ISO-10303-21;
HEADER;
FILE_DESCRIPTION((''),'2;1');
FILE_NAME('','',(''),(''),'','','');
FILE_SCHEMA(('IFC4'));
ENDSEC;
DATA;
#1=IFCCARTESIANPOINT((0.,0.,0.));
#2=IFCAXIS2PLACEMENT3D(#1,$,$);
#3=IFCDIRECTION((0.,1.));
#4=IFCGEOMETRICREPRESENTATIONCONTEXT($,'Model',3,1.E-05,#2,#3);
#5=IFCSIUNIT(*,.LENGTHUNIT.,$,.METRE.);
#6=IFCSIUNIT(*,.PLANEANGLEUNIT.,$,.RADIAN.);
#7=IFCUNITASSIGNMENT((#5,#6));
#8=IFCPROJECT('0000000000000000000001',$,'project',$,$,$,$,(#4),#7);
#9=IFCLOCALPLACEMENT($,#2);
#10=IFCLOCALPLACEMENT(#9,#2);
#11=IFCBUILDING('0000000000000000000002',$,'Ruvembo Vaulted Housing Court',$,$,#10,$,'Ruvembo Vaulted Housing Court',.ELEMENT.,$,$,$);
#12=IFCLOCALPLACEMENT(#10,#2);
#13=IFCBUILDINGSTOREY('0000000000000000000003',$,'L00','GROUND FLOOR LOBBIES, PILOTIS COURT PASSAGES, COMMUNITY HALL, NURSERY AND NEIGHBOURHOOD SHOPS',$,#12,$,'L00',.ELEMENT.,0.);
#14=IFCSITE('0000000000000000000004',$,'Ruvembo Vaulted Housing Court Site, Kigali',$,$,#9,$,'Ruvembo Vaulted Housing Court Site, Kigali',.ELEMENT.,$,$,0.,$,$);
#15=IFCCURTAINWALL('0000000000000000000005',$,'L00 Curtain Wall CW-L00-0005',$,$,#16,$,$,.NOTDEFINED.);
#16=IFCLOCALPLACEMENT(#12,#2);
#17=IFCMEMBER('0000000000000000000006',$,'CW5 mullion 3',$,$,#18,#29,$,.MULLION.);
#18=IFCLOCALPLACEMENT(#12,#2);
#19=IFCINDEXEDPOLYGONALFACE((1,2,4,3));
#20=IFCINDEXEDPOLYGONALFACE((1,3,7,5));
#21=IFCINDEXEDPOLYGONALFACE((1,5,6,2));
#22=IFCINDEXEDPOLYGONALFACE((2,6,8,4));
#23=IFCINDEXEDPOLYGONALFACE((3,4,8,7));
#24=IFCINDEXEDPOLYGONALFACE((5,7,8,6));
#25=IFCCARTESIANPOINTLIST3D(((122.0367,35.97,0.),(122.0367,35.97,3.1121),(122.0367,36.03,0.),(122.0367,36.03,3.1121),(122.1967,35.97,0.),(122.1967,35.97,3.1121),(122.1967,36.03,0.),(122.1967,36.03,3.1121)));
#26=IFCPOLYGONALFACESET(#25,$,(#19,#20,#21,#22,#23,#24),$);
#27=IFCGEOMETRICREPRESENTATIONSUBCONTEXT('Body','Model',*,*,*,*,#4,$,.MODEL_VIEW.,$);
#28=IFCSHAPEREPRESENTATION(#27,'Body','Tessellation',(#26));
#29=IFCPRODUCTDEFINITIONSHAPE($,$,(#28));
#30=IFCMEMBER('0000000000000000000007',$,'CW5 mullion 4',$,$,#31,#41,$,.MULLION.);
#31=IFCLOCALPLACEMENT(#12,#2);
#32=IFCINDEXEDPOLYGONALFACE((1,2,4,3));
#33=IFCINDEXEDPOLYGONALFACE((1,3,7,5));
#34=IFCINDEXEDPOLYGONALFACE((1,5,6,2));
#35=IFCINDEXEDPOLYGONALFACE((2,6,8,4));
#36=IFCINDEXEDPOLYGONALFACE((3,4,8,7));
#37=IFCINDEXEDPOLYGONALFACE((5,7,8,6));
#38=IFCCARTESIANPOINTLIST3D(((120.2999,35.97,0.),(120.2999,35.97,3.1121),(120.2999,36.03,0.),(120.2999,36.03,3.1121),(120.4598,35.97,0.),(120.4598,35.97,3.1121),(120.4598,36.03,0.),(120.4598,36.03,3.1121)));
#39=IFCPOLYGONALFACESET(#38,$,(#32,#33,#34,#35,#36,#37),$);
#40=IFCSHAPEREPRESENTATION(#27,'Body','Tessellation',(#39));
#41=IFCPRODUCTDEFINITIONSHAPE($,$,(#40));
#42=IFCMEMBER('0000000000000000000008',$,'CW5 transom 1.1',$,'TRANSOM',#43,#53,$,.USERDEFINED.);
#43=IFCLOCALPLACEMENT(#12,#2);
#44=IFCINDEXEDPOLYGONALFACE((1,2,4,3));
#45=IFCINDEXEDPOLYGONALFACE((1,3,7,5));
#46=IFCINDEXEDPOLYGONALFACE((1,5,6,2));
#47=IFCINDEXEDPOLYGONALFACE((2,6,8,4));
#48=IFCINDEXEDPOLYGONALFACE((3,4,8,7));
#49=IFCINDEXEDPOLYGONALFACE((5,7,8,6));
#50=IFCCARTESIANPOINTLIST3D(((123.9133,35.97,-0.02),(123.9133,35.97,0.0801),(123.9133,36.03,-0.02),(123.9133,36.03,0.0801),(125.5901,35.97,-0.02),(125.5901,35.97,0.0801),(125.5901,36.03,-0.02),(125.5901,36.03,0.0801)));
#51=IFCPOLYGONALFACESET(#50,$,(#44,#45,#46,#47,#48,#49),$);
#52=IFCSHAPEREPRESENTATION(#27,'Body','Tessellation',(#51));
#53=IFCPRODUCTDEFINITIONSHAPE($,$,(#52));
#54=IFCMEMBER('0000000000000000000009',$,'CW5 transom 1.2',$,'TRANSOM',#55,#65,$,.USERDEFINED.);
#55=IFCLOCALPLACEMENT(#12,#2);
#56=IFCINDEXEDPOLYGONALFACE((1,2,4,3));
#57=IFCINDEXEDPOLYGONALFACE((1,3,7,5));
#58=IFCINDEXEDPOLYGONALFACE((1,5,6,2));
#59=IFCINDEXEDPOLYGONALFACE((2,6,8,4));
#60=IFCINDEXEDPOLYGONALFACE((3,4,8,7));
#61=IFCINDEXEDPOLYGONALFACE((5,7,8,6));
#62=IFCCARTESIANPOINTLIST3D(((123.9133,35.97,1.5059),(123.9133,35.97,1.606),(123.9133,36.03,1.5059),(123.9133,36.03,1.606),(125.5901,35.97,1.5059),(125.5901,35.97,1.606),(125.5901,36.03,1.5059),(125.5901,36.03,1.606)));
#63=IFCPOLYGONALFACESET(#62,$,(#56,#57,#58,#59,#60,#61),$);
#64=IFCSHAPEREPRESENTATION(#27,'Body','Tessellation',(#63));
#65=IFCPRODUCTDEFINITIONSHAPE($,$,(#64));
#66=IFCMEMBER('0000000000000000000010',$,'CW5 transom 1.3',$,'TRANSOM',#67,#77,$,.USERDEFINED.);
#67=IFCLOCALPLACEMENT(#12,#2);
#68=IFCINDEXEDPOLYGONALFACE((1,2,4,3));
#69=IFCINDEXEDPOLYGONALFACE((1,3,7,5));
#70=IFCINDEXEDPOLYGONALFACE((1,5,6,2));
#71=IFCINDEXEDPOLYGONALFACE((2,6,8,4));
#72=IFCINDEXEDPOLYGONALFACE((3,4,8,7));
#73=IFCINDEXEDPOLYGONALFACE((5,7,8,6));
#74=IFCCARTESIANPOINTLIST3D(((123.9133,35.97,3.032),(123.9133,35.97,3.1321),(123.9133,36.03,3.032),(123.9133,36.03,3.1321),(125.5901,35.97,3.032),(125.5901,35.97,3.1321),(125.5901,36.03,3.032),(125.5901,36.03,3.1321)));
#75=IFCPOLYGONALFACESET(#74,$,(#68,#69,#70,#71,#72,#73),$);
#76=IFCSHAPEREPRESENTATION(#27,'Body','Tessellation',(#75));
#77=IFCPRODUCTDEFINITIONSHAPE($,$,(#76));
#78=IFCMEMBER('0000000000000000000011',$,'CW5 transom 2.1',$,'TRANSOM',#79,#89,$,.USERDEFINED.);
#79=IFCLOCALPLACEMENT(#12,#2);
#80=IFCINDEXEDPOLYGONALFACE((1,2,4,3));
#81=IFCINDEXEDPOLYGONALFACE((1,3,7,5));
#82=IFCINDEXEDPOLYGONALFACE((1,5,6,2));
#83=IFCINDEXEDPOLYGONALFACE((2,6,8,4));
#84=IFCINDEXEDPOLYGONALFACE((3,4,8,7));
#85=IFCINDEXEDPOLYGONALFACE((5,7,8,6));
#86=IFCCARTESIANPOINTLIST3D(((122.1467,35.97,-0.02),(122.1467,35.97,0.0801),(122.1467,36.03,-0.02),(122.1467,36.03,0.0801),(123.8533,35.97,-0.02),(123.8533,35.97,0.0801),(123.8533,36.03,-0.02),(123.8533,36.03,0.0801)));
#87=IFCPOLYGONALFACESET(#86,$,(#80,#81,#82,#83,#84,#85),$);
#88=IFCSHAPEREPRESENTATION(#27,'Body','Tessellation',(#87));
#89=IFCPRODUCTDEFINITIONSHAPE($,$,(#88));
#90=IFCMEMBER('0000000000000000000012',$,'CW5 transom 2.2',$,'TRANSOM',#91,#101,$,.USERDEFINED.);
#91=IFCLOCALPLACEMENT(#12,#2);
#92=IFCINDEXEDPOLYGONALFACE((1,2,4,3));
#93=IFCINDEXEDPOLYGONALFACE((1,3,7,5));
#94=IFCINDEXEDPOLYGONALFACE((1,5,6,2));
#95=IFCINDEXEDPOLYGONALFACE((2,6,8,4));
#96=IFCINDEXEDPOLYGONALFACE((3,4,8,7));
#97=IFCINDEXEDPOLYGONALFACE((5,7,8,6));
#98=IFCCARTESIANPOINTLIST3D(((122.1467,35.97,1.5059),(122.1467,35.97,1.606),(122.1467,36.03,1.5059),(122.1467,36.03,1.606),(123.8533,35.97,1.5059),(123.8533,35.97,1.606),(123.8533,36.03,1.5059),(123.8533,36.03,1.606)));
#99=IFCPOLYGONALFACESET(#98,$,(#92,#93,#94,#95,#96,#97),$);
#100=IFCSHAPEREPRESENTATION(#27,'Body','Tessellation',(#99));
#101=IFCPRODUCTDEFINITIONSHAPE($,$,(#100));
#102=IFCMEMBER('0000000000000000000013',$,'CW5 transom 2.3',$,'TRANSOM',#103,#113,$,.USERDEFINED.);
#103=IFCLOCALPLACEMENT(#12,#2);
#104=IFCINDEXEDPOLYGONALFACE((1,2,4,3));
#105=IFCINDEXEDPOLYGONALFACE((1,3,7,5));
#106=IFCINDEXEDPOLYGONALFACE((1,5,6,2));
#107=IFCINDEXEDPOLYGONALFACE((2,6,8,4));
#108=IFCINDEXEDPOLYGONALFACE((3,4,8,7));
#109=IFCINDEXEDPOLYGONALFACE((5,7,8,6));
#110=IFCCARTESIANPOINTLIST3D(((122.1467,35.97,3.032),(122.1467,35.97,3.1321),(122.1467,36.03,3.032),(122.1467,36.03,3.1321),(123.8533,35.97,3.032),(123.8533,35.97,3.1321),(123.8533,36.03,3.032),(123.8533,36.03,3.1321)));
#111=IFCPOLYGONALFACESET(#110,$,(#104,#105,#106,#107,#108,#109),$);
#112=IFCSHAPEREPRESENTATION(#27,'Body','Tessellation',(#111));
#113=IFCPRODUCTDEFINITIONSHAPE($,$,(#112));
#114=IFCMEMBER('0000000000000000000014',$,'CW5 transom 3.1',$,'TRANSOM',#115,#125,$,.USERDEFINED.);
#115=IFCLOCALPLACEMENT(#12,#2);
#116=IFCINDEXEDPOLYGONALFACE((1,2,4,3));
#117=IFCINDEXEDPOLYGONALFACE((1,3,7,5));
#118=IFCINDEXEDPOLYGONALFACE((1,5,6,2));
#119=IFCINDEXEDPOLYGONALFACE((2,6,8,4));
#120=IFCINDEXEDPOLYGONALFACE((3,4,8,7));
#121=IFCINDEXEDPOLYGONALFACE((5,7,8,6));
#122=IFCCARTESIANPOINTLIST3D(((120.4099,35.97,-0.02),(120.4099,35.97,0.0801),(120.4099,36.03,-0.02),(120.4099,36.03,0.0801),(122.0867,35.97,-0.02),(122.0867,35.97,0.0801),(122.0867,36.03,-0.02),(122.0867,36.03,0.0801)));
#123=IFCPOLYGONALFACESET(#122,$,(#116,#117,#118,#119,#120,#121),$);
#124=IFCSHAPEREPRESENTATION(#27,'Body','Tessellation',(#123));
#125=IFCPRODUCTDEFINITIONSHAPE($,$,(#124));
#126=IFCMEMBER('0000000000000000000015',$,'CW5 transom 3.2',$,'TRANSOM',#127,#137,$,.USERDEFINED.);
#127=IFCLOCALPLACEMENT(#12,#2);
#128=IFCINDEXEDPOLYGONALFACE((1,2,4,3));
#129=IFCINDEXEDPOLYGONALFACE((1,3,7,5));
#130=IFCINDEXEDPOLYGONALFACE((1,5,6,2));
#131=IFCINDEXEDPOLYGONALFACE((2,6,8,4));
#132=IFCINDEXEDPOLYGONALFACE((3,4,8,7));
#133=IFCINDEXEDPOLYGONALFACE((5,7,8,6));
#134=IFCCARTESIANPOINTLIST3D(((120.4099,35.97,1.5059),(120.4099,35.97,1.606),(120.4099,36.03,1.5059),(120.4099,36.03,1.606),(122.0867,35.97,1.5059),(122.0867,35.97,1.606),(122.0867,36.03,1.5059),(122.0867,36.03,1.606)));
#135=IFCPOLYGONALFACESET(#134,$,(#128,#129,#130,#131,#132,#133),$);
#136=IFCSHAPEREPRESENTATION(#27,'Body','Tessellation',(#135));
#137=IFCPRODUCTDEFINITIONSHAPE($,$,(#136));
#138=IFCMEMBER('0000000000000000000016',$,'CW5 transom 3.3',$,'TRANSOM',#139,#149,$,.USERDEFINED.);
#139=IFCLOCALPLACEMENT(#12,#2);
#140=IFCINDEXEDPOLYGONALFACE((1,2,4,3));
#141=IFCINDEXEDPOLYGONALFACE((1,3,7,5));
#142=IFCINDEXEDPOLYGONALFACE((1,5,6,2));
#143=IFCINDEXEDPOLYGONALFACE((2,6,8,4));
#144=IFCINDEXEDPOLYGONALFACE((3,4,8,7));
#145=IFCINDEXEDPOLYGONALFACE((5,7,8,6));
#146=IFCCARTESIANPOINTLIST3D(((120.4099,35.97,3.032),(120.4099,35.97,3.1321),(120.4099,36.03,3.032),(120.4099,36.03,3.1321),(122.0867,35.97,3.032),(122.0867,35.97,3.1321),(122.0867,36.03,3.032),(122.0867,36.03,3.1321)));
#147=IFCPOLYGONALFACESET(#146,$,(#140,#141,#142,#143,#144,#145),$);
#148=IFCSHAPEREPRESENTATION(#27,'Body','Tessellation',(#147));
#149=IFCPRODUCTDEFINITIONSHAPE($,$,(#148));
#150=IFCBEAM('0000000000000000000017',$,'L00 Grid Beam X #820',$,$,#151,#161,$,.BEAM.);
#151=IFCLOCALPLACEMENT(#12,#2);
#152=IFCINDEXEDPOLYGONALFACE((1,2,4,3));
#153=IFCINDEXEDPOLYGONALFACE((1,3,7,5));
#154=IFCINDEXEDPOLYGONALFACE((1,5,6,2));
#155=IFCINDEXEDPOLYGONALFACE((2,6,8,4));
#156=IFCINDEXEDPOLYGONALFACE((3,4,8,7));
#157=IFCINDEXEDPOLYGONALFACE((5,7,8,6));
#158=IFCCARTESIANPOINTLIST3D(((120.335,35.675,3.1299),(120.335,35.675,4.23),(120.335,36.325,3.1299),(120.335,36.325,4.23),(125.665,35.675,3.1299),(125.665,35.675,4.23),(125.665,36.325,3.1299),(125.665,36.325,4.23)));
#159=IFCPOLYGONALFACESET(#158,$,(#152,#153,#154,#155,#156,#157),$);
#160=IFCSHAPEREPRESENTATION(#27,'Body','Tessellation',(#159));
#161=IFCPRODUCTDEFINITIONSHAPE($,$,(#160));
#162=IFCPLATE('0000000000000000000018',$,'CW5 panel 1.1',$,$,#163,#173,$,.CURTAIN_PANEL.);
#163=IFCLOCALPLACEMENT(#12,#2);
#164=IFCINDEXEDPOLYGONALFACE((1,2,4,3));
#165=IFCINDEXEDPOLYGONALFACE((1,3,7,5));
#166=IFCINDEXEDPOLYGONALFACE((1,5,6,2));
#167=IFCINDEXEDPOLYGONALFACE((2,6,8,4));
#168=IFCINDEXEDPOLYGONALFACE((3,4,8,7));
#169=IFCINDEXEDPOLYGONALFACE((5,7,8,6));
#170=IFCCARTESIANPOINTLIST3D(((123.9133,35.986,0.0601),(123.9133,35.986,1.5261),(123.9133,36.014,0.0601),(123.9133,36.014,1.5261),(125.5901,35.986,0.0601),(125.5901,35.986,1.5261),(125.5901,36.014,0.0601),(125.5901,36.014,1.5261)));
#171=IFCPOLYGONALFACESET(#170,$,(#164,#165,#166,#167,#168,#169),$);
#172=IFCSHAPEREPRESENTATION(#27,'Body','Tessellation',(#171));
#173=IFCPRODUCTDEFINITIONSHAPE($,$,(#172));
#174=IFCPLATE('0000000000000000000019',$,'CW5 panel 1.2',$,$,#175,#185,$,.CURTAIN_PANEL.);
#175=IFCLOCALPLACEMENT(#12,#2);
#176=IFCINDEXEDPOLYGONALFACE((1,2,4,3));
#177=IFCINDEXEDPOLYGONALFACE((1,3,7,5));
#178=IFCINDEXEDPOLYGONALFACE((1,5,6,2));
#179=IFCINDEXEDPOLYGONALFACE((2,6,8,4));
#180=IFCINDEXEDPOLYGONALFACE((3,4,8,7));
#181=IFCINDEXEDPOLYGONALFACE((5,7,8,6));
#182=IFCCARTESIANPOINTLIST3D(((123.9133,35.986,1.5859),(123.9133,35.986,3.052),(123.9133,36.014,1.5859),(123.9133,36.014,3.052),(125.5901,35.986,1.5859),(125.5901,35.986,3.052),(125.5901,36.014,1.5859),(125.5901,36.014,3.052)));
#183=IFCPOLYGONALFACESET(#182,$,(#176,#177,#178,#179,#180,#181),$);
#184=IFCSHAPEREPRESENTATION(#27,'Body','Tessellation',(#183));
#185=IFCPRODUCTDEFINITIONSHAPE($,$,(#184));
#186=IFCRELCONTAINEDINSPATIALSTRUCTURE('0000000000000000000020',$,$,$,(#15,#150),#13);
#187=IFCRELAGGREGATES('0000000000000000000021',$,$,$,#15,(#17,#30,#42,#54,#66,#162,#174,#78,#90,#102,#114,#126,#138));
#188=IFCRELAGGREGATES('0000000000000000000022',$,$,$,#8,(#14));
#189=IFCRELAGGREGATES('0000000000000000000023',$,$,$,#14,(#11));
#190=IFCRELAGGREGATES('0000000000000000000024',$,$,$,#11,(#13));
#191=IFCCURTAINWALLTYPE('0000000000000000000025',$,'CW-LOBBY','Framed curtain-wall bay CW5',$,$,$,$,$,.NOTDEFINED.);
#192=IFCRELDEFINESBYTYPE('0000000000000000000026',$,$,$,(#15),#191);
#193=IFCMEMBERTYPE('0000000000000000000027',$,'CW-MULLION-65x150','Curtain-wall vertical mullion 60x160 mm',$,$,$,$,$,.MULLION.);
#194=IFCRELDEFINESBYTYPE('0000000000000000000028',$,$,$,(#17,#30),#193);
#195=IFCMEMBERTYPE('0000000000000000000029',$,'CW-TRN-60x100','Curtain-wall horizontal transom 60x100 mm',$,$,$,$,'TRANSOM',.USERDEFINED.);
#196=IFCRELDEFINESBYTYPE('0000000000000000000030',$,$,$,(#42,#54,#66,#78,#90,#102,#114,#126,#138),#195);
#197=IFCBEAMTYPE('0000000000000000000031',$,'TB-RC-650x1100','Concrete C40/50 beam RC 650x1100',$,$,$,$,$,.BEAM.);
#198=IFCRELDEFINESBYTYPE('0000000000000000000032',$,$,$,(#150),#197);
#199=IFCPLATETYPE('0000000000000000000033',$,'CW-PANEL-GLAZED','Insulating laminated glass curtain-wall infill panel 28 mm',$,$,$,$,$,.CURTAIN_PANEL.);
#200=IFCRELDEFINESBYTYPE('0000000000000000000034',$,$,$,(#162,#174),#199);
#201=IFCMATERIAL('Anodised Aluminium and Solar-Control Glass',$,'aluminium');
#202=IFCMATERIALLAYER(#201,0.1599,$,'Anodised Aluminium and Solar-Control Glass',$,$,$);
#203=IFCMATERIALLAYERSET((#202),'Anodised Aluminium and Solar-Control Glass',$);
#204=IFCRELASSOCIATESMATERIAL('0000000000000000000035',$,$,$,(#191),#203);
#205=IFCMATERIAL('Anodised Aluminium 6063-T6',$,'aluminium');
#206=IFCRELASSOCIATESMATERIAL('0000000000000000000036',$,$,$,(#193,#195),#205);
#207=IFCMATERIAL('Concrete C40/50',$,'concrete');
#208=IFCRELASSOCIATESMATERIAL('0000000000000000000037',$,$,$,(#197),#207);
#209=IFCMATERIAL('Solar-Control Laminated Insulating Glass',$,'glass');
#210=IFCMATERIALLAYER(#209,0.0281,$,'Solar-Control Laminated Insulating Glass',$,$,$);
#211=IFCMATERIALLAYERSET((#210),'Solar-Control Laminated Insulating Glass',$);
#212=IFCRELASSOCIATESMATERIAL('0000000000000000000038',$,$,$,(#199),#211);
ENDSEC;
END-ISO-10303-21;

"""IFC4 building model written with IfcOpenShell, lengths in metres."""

from ifc_helpers import new_model, si_unit, direction, frame, origin, origin_2d, place, context, subcontext, project, spatial, rectangle, extrude, material, layer, layer_set, material_profile, profile_set, type_object, element, aggregate, save


model = new_model("IFC4")

# Units and contexts
model_context = context("Model", 3, precision=1e-05, world=origin(), true_north=direction((0.0, 1.0)))
body_context = subcontext(model_context, "Body", "Model", "MODEL_VIEW")
ifc_project = project(units=[si_unit("LENGTHUNIT", "METRE"), si_unit("PLANEANGLEUNIT", "RADIAN")], contexts=[model_context])

# Site, building, storey
site_placement = place(None, origin())
site = spatial("IfcSite", under=ifc_project, at=site_placement, Name="Ruvembo Vaulted Housing Court Site, Kigali", LongName="Ruvembo Vaulted Housing Court Site, Kigali", CompositionType="ELEMENT", RefElevation=0.0)
building_placement = place(site_placement, origin())
building = spatial("IfcBuilding", under=site, at=building_placement, Name="Ruvembo Vaulted Housing Court", LongName="Ruvembo Vaulted Housing Court", CompositionType="ELEMENT")
storey_placement = place(building_placement, origin())
storey = spatial("IfcBuildingStorey", under=building, at=storey_placement, Name="L00", Description="GROUND FLOOR LOBBIES, PILOTIS COURT PASSAGES, COMMUNITY HALL, NURSERY AND NEIGHBOURHOOD SHOPS", LongName="L00", CompositionType="ELEMENT", Elevation=0.0)

# Shared definitions
ifc_material_1 = material(Name="Concrete C40/50", Category="concrete")

# Curtain wall, members
ifc_material_2 = material(Name="Anodised Aluminium and Solar-Control Glass", Category="aluminium")
ifc_layer_1 = layer(ifc_material_2, 0.1599, Name="Anodised Aluminium and Solar-Control Glass")
ifc_layer_set_1 = layer_set([ifc_layer_1], Name="Anodised Aluminium and Solar-Control Glass")
curtain_wall_type = type_object("IfcCurtainWallType", Name="CW-LOBBY", Description="Framed curtain-wall bay CW5", PredefinedType="NOTDEFINED", material=ifc_layer_set_1)
curtain_wall_placement = place(storey_placement, origin())
curtain_wall = element("IfcCurtainWall", 1, at=curtain_wall_placement, inside=storey, type_object=curtain_wall_type, Name="L00 Curtain Wall CW-L00-0005", PredefinedType="NOTDEFINED")
ifc_material_3 = material(Name="Anodised Aluminium 6063-T6", Category="aluminium")
ifc_material_profile_1 = material_profile(ifc_material_3, rectangle(XDim=0.0601, YDim=0.1599, at=origin_2d()), Name="ALU 60x160")
ifc_profile_set_1 = profile_set([ifc_material_profile_1], Name="Anodised Aluminium 6063-T6")
member_type_1 = type_object("IfcMemberType", Name="CW-MULLION-65x150", Description="Curtain-wall vertical mullion 60x160 mm", PredefinedType="MULLION", material=ifc_profile_set_1)
member_1_placement = place(storey_placement, frame((122.1167, 36.0, 0.0), z_axis=(0.0, 0.0, 1.0), x_axis=(0.0, -1.0, 0.0)))
member_1 = element("IfcMember", 2, at=member_1_placement, type_object=member_type_1, Name="CW5 mullion 3", PredefinedType="MULLION", context=body_context, shape_type="SweptSolid", body=[
    extrude(rectangle(XDim=0.0601, YDim=0.1599, at=origin_2d()), origin(), (0.0, 0.0, 1.0), 3.1121),
])
member_2_placement = place(storey_placement, frame((120.3799, 36.0, 0.0), z_axis=(0.0, 0.0, 1.0), x_axis=(0.0, -1.0, 0.0)))
member_2 = element("IfcMember", 3, at=member_2_placement, type_object=member_type_1, Name="CW5 mullion 4", PredefinedType="MULLION", context=body_context, shape_type="SweptSolid", body=[
    extrude(rectangle(XDim=0.0601, YDim=0.1599, at=origin_2d()), origin(), (0.0, 0.0, 1.0), 3.1121),
])
ifc_material_profile_2 = material_profile(ifc_material_3, rectangle(XDim=0.0601, YDim=0.1001, at=origin_2d()), Name="ALU 60x100")
ifc_profile_set_2 = profile_set([ifc_material_profile_2], Name="Anodised Aluminium 6063-T6")
member_type_2 = type_object("IfcMemberType", Name="CW-TRN-60x100", Description="Curtain-wall horizontal transom 60x100 mm", ElementType="TRANSOM", PredefinedType="USERDEFINED", material=ifc_profile_set_2)
member_3_placement = place(storey_placement, frame((125.5901, 36.0, 0.03), z_axis=(-1.0, 0.0, 0.0), x_axis=(0.0, -1.0, 0.0)))
member_3 = element("IfcMember", 4, at=member_3_placement, type_object=member_type_2, Name="CW5 transom 1.1", ObjectType="TRANSOM", PredefinedType="USERDEFINED", context=body_context, shape_type="SweptSolid", body=[
    extrude(rectangle(XDim=0.0601, YDim=0.1001, at=origin_2d()), origin(), (0.0, 0.0, 1.0), 1.6768),
])
member_4_placement = place(storey_placement, frame((125.5901, 36.0, 1.5559), z_axis=(-1.0, 0.0, 0.0), x_axis=(0.0, -1.0, 0.0)))
member_4 = element("IfcMember", 5, at=member_4_placement, type_object=member_type_2, Name="CW5 transom 1.2", ObjectType="TRANSOM", PredefinedType="USERDEFINED", context=body_context, shape_type="SweptSolid", body=[
    extrude(rectangle(XDim=0.0601, YDim=0.1001, at=origin_2d()), origin(), (0.0, 0.0, 1.0), 1.6768),
])
member_5_placement = place(storey_placement, frame((125.5901, 36.0, 3.082), z_axis=(-1.0, 0.0, 0.0), x_axis=(0.0, -1.0, 0.0)))
member_5 = element("IfcMember", 6, at=member_5_placement, type_object=member_type_2, Name="CW5 transom 1.3", ObjectType="TRANSOM", PredefinedType="USERDEFINED", context=body_context, shape_type="SweptSolid", body=[
    extrude(rectangle(XDim=0.0601, YDim=0.1001, at=origin_2d()), origin(), (0.0, 0.0, 1.0), 1.6768),
])
member_6_placement = place(storey_placement, frame((123.8533, 36.0, 0.03), z_axis=(-1.0, 0.0, 0.0), x_axis=(0.0, -1.0, 0.0)))
member_6 = element("IfcMember", 7, at=member_6_placement, type_object=member_type_2, Name="CW5 transom 2.1", ObjectType="TRANSOM", PredefinedType="USERDEFINED", context=body_context, shape_type="SweptSolid", body=[
    extrude(rectangle(XDim=0.0601, YDim=0.1001, at=origin_2d()), origin(), (0.0, 0.0, 1.0), 1.7065),
])
member_7_placement = place(storey_placement, frame((123.8533, 36.0, 1.5559), z_axis=(-1.0, 0.0, 0.0), x_axis=(0.0, -1.0, 0.0)))
member_7 = element("IfcMember", 8, at=member_7_placement, type_object=member_type_2, Name="CW5 transom 2.2", ObjectType="TRANSOM", PredefinedType="USERDEFINED", context=body_context, shape_type="SweptSolid", body=[
    extrude(rectangle(XDim=0.0601, YDim=0.1001, at=origin_2d()), origin(), (0.0, 0.0, 1.0), 1.7065),
])
member_8_placement = place(storey_placement, frame((123.8533, 36.0, 3.082), z_axis=(-1.0, 0.0, 0.0), x_axis=(0.0, -1.0, 0.0)))
member_8 = element("IfcMember", 9, at=member_8_placement, type_object=member_type_2, Name="CW5 transom 2.3", ObjectType="TRANSOM", PredefinedType="USERDEFINED", context=body_context, shape_type="SweptSolid", body=[
    extrude(rectangle(XDim=0.0601, YDim=0.1001, at=origin_2d()), origin(), (0.0, 0.0, 1.0), 1.7065),
])
member_9_placement = place(storey_placement, frame((122.0867, 36.0, 0.03), z_axis=(-1.0, 0.0, 0.0), x_axis=(0.0, -1.0, 0.0)))
member_9 = element("IfcMember", 10, at=member_9_placement, type_object=member_type_2, Name="CW5 transom 3.1", ObjectType="TRANSOM", PredefinedType="USERDEFINED", context=body_context, shape_type="SweptSolid", body=[
    extrude(rectangle(XDim=0.0601, YDim=0.1001, at=origin_2d()), origin(), (0.0, 0.0, 1.0), 1.6768),
])
member_10_placement = place(storey_placement, frame((122.0867, 36.0, 1.5559), z_axis=(-1.0, 0.0, 0.0), x_axis=(0.0, -1.0, 0.0)))
member_10 = element("IfcMember", 11, at=member_10_placement, type_object=member_type_2, Name="CW5 transom 3.2", ObjectType="TRANSOM", PredefinedType="USERDEFINED", context=body_context, shape_type="SweptSolid", body=[
    extrude(rectangle(XDim=0.0601, YDim=0.1001, at=origin_2d()), origin(), (0.0, 0.0, 1.0), 1.6768),
])
member_11_placement = place(storey_placement, frame((122.0867, 36.0, 3.082), z_axis=(-1.0, 0.0, 0.0), x_axis=(0.0, -1.0, 0.0)))
member_11 = element("IfcMember", 12, at=member_11_placement, type_object=member_type_2, Name="CW5 transom 3.3", ObjectType="TRANSOM", PredefinedType="USERDEFINED", context=body_context, shape_type="SweptSolid", body=[
    extrude(rectangle(XDim=0.0601, YDim=0.1001, at=origin_2d()), origin(), (0.0, 0.0, 1.0), 1.6768),
])

# Beam
ifc_material_profile_3 = material_profile(ifc_material_1, rectangle(XDim=0.6499, YDim=1.1001, at=origin_2d()), Name="RC 650x1100")
ifc_profile_set_3 = profile_set([ifc_material_profile_3], Name="Concrete C40/50")
beam_type_1 = type_object("IfcBeamType", Name="TB-RC-650x1100", Description="Concrete C40/50 beam RC 650x1100", PredefinedType="BEAM", material=ifc_profile_set_3)
beam_1_placement = place(storey_placement, frame((120.335, 36.0, 3.6799), z_axis=(1.0, 0.0, 0.0), x_axis=(0.0, 1.0, 0.0)))
element("IfcBeam", 13, at=beam_1_placement, inside=storey, type_object=beam_type_1, Name="L00 Grid Beam X #820", PredefinedType="BEAM", context=body_context, shape_type="SweptSolid", body=[
    extrude(rectangle(XDim=0.6499, YDim=1.1001, at=origin_2d()), origin(), (0.0, 0.0, 1.0), 5.3301),
])

# Plates
ifc_material_4 = material(Name="Solar-Control Laminated Insulating Glass", Category="glass")
ifc_layer_2 = layer(ifc_material_4, 0.0281, Name="Solar-Control Laminated Insulating Glass")
ifc_layer_set_2 = layer_set([ifc_layer_2], Name="Solar-Control Laminated Insulating Glass")
plate_type = type_object("IfcPlateType", Name="CW-PANEL-GLAZED", Description="Insulating laminated glass curtain-wall infill panel 28 mm", PredefinedType="CURTAIN_PANEL", material=ifc_layer_set_2)
plate_1_placement = place(storey_placement, frame((124.7517, 36.0, 0.0601), z_axis=(0.0, 0.0, 1.0), x_axis=(-1.0, 0.0, 0.0)))
plate_1 = element("IfcPlate", 14, at=plate_1_placement, type_object=plate_type, Name="CW5 panel 1.1", PredefinedType="CURTAIN_PANEL", context=body_context, shape_type="SweptSolid", body=[
    extrude(rectangle(XDim=1.6768, YDim=0.0281, at=origin_2d()), origin(), (0.0, 0.0, 1.0), 1.4661),
])
plate_2_placement = place(storey_placement, frame((124.7517, 36.0, 1.5859), z_axis=(0.0, 0.0, 1.0), x_axis=(-1.0, 0.0, 0.0)))
plate_2 = element("IfcPlate", 15, at=plate_2_placement, type_object=plate_type, Name="CW5 panel 1.2", PredefinedType="CURTAIN_PANEL", context=body_context, shape_type="SweptSolid", body=[
    extrude(rectangle(XDim=1.6768, YDim=0.0281, at=origin_2d()), origin(), (0.0, 0.0, 1.0), 1.4661),
])
aggregate(curtain_wall, [member_1, member_2, member_3, member_4, member_5, plate_1, plate_2, member_6, member_7, member_8, member_9, member_10, member_11])

save(model, "model.ifc")
